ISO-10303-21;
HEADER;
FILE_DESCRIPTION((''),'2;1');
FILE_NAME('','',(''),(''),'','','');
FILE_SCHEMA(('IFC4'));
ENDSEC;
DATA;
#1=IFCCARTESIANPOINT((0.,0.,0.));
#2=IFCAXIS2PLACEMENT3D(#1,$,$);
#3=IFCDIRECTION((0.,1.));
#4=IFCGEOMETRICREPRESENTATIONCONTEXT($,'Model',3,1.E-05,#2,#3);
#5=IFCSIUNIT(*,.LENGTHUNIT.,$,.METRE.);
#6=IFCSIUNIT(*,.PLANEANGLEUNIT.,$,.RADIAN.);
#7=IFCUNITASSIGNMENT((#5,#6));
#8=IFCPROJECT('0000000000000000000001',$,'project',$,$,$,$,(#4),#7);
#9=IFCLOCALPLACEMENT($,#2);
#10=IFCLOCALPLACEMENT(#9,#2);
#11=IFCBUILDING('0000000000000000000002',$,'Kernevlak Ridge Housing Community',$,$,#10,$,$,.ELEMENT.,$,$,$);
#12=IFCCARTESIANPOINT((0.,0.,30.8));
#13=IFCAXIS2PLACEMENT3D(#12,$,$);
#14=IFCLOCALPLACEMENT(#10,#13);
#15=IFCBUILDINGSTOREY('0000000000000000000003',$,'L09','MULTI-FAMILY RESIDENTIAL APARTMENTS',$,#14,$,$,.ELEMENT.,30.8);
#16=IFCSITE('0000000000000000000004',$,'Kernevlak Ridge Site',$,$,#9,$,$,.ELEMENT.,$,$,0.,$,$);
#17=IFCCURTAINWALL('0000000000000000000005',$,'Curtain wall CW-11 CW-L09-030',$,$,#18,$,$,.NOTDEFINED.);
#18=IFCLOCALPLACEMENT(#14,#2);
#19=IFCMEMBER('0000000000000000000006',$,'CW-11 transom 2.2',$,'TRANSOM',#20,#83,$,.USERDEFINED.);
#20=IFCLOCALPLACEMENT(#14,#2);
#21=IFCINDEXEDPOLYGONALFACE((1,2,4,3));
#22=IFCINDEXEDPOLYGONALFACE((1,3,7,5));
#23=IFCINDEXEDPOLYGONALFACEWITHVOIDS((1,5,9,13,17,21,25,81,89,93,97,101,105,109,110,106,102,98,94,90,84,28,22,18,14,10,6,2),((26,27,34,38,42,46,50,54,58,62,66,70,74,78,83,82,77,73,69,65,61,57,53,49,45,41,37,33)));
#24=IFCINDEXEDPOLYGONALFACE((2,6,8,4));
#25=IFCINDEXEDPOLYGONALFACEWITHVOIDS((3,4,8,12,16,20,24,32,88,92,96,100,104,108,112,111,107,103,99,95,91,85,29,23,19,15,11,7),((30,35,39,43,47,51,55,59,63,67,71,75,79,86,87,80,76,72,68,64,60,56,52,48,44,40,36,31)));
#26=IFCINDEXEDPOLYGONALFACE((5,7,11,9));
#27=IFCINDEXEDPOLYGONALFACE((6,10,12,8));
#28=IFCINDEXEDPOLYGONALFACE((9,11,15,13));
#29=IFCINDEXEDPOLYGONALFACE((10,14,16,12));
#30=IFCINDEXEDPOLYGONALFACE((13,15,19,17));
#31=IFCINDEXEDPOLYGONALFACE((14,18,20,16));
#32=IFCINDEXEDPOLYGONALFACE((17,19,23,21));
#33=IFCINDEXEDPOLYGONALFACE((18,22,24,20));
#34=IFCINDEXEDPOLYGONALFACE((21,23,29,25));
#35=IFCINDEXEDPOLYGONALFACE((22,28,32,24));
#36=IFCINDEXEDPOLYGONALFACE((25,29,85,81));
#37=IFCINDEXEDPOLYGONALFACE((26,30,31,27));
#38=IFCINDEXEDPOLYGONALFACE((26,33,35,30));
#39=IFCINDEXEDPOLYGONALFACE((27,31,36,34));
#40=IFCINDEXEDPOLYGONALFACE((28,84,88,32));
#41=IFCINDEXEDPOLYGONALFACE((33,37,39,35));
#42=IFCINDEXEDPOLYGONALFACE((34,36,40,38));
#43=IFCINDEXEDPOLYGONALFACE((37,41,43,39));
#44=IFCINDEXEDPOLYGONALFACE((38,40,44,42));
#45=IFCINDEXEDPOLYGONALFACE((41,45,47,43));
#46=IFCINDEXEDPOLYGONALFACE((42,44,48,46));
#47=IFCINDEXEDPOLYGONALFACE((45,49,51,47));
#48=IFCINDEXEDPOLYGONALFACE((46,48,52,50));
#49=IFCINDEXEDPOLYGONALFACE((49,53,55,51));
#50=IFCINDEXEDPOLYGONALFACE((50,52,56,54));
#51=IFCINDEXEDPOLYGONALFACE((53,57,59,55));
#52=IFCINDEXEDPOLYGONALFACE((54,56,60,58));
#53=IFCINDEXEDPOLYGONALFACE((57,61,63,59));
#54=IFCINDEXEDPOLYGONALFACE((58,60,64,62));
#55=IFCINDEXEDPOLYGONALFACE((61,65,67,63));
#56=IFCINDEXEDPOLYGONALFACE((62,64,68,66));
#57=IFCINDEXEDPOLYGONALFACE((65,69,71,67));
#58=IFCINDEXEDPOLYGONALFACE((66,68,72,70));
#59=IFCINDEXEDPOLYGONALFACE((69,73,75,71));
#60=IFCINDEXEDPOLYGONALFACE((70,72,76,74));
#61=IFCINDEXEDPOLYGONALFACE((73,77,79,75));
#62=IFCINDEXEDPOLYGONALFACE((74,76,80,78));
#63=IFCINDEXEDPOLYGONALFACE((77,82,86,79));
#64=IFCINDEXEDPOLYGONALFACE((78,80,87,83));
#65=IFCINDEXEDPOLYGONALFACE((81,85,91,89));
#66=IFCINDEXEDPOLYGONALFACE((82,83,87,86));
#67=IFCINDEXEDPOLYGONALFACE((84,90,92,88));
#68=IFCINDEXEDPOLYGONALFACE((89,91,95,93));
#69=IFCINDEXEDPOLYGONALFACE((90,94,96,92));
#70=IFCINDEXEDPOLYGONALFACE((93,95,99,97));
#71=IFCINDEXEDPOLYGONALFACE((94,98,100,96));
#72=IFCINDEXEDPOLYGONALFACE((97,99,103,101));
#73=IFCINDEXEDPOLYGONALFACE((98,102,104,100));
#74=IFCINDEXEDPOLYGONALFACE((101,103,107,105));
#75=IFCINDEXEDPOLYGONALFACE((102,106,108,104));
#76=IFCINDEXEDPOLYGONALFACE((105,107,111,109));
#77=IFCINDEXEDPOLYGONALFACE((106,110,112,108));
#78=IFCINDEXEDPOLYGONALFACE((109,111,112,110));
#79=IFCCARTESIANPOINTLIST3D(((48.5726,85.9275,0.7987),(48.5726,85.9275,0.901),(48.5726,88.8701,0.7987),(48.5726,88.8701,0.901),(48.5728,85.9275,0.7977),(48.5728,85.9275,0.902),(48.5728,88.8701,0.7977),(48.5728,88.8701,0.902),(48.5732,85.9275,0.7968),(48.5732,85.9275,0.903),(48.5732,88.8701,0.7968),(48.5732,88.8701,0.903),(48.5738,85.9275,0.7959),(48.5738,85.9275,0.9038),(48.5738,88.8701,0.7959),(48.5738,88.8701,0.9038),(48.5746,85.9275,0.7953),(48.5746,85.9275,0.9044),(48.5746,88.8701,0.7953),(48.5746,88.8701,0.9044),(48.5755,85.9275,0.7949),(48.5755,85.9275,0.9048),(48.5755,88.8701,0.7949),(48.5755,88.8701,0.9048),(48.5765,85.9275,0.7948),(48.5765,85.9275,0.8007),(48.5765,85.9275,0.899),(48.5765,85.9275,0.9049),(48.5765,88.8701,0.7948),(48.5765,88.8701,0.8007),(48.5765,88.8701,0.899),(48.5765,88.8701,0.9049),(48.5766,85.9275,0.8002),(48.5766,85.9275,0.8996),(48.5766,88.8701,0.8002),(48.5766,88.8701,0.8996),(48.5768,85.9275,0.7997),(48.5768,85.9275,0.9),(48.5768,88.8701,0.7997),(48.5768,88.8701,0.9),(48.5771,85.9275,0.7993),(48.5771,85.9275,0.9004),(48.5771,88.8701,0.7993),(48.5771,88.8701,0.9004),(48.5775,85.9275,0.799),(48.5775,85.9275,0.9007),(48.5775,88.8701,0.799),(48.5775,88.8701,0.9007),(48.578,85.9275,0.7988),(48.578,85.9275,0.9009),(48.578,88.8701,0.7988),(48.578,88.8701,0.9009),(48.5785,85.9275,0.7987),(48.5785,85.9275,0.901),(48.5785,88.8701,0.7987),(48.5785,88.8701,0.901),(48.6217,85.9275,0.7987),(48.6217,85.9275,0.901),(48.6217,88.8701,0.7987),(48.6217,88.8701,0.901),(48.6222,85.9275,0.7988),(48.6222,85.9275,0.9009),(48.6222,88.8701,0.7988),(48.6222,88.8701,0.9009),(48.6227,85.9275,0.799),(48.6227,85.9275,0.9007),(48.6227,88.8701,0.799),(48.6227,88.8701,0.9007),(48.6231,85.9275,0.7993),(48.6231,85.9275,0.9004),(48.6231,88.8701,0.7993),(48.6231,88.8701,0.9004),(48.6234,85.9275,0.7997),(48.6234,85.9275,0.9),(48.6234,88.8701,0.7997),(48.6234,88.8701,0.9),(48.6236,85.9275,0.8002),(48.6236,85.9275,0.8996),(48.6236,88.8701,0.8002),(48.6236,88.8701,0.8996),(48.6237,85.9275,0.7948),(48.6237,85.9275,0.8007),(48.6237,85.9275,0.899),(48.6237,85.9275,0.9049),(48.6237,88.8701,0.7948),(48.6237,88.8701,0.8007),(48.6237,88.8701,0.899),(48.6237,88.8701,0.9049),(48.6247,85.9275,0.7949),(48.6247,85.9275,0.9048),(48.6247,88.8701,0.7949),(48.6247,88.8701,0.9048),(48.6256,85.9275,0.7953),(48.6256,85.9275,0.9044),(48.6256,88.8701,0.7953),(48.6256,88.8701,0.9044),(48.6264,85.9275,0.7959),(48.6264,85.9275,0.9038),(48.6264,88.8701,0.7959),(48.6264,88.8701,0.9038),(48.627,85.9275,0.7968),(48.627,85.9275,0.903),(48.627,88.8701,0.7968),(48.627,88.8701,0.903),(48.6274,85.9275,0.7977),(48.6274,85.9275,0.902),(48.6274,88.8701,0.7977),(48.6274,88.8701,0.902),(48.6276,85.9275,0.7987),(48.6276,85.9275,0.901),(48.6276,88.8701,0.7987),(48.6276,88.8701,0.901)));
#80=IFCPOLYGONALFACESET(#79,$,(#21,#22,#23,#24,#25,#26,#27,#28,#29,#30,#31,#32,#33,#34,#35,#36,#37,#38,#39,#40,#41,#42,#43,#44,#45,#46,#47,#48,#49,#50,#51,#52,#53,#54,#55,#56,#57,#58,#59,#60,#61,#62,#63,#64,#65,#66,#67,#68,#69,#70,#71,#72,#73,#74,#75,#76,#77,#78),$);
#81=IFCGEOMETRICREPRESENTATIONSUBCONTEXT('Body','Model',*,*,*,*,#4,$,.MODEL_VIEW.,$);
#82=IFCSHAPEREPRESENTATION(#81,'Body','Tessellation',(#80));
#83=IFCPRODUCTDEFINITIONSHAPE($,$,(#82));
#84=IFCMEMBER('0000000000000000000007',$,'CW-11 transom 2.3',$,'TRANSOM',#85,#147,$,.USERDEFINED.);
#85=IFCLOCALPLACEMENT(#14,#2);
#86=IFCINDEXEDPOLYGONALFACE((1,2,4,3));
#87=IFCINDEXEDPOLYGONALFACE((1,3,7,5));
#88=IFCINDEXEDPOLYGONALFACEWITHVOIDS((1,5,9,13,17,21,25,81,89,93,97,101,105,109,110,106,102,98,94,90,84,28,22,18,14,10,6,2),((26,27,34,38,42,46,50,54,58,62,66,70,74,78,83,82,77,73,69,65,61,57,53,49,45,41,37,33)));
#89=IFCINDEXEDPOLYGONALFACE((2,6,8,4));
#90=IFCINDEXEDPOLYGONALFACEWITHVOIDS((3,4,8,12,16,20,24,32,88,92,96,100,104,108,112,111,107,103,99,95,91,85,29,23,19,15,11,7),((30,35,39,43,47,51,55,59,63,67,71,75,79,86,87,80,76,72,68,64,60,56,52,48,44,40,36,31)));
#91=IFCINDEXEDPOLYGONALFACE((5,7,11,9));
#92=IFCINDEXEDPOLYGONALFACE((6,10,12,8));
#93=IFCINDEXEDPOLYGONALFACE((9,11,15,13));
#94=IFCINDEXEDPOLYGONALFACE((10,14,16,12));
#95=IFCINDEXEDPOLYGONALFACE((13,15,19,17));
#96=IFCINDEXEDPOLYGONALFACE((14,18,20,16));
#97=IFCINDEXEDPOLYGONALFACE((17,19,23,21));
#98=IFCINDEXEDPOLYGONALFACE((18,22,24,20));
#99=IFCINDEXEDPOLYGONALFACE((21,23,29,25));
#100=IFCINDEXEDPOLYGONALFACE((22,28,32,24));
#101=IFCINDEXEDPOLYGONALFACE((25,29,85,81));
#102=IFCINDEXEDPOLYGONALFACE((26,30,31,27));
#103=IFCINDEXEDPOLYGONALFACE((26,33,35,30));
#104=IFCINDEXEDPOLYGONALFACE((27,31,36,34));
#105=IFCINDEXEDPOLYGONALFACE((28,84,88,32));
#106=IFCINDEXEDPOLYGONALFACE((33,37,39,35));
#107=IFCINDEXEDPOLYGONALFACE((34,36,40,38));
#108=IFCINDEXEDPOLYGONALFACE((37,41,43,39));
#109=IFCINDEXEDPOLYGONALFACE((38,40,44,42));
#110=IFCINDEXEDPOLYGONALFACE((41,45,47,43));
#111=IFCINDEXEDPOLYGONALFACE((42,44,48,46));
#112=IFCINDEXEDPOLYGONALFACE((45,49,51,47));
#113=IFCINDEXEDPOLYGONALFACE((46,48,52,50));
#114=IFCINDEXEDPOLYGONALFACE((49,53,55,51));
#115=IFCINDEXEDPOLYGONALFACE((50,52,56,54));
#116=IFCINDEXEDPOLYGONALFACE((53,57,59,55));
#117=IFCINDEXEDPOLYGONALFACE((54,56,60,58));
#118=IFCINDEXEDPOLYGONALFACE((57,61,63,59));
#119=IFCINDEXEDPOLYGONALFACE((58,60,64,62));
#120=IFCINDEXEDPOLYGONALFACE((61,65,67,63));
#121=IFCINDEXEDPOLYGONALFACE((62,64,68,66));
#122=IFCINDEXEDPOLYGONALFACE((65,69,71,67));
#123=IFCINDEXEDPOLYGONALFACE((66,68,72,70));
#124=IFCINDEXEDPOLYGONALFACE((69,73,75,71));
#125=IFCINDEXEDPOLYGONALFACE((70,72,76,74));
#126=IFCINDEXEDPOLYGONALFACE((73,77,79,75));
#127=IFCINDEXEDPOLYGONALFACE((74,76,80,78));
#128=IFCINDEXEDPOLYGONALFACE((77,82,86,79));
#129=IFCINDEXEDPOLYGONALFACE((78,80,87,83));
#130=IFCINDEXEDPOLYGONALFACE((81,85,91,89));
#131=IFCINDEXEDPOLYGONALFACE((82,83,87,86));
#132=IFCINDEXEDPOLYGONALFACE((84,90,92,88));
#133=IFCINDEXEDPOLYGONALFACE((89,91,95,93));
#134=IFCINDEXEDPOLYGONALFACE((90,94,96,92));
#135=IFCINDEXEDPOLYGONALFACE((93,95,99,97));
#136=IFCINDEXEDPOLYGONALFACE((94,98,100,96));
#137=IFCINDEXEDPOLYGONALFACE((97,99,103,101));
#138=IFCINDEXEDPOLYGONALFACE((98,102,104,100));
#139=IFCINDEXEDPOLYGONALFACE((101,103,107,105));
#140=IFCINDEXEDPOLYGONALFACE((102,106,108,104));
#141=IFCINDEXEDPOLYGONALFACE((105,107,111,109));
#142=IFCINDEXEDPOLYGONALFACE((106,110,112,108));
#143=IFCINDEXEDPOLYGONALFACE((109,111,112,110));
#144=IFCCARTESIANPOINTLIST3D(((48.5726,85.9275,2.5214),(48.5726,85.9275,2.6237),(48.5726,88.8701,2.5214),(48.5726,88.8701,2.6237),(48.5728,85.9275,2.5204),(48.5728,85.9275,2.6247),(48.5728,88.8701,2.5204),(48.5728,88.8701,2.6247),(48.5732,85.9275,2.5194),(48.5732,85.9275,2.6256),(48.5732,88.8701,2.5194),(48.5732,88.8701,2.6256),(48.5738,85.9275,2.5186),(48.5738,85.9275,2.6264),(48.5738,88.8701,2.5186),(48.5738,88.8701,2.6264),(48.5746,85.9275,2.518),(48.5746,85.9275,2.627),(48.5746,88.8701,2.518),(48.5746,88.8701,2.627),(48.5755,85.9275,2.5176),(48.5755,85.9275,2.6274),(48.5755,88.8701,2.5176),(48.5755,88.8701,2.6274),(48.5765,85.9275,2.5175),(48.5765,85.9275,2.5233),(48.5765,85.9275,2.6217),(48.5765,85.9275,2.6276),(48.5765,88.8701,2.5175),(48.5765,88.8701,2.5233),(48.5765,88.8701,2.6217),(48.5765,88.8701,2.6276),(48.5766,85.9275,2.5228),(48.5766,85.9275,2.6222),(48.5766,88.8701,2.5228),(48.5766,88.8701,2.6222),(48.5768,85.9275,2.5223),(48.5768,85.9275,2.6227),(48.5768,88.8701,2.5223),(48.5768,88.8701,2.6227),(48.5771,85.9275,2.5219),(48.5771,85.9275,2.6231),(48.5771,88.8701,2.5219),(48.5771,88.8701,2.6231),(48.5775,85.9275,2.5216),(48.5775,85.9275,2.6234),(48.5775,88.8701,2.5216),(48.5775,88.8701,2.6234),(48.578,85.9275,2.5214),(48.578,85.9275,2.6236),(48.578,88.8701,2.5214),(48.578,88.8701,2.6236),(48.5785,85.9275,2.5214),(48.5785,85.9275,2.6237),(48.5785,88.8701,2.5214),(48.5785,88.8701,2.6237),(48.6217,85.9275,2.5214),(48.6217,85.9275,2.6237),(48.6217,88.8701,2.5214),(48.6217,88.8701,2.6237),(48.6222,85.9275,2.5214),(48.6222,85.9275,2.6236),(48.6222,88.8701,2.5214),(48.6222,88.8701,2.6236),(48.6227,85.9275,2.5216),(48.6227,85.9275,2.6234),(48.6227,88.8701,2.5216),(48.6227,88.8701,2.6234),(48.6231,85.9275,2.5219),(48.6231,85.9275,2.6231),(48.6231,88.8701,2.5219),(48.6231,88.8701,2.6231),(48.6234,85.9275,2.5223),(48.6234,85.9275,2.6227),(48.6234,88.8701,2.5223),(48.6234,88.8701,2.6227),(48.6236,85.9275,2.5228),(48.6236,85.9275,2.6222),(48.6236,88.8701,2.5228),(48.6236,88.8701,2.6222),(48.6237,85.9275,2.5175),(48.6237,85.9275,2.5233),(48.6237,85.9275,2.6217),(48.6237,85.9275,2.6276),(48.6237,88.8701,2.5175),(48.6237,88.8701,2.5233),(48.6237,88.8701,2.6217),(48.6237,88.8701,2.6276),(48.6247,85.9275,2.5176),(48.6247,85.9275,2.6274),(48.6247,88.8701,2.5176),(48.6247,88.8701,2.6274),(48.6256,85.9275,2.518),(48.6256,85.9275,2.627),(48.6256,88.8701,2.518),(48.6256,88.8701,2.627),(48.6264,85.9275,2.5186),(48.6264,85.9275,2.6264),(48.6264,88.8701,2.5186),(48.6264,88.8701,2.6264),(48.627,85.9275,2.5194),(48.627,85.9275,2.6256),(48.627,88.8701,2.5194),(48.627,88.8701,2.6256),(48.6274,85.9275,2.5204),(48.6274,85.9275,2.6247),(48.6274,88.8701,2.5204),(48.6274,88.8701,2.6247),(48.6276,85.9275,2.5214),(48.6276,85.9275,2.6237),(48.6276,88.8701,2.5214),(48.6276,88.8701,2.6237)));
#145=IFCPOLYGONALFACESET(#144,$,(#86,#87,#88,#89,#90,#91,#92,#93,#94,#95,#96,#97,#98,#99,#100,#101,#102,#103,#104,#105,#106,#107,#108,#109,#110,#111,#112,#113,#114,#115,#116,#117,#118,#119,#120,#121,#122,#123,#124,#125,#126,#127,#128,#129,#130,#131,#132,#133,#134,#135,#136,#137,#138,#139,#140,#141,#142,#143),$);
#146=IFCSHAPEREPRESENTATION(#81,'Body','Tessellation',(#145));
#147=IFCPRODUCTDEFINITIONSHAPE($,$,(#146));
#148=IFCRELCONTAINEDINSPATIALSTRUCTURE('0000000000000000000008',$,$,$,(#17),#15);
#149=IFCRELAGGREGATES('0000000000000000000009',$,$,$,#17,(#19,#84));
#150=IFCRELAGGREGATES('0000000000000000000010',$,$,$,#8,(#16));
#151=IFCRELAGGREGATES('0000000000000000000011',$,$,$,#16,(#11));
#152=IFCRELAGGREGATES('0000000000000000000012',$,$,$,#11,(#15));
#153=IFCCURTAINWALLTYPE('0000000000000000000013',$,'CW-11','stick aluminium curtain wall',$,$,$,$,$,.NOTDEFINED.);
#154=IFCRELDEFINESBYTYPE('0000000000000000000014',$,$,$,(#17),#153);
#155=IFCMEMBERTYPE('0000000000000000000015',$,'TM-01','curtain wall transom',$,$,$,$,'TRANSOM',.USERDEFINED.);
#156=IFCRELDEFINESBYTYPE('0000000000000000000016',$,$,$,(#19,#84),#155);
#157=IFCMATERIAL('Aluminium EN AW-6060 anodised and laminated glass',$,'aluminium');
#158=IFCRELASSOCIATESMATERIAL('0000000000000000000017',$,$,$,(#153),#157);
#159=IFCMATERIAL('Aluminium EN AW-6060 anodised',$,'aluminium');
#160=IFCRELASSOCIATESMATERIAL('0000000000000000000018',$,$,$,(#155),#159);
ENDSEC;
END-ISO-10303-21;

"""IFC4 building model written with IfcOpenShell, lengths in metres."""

from ifc_helpers import new_model, si_unit, direction, frame, origin, origin_2d, place, context, subcontext, project, spatial, hollow_rectangle, extrude, material, material_profile, profile_set, type_object, element, aggregate, save


model = new_model("IFC4")

# Units and contexts
model_context = context("Model", 3, precision=1e-05, world=origin(), true_north=direction((0.0, 1.0)))
body_context = subcontext(model_context, "Body", "Model", "MODEL_VIEW")
ifc_project = project(units=[si_unit("LENGTHUNIT", "METRE"), si_unit("PLANEANGLEUNIT", "RADIAN")], contexts=[model_context])

# Site, building, storey
site_placement = place(None, origin())
site = spatial("IfcSite", under=ifc_project, at=site_placement, Name="Kernevlak Ridge Site", CompositionType="ELEMENT", RefElevation=0.0)
building_placement = place(site_placement, origin())
building = spatial("IfcBuilding", under=site, at=building_placement, Name="Kernevlak Ridge Housing Community", CompositionType="ELEMENT")
storey_placement = place(building_placement, frame((0.0, 0.0, 30.8)))
storey = spatial("IfcBuildingStorey", under=building, at=storey_placement, Name="L09", Description="MULTI-FAMILY RESIDENTIAL APARTMENTS", CompositionType="ELEMENT", Elevation=30.8)

# Shared definitions
ifc_material_1 = material(Name="Aluminium EN AW-6060 anodised and laminated glass", Category="aluminium")
ifc_material_2 = material(Name="Aluminium EN AW-6060 anodised", Category="aluminium")

# Curtain wall, members
curtain_wall_type_1 = type_object("IfcCurtainWallType", Name="CW-11", Description="stick aluminium curtain wall", PredefinedType="NOTDEFINED", material=ifc_material_1)
curtain_wall_1_placement = place(storey_placement, origin())
curtain_wall_1 = element("IfcCurtainWall", 1, at=curtain_wall_1_placement, inside=storey, type_object=curtain_wall_type_1, Name="Curtain wall CW-11 CW-L09-030", PredefinedType="NOTDEFINED")
ifc_material_profile_1 = material_profile(ifc_material_2, hollow_rectangle(XDim=0.0549, YDim=0.1101, WallThickness=0.0039, InnerFilletRadius=0.002, OuterFilletRadius=0.0039, at=origin_2d()), Name="ALU 55x110x4")
ifc_profile_set_1 = profile_set([ifc_material_profile_1], Name="Aluminium EN AW-6060 anodised")
member_type_1 = type_object("IfcMemberType", Name="TM-01", Description="curtain wall transom", ElementType="TRANSOM", PredefinedType="USERDEFINED", material=ifc_profile_set_1)
member_1_placement = place(storey_placement, frame((48.6001, 85.9275, 0.8499), z_axis=(0.0, 1.0, 0.0), x_axis=(-1.0, 0.0, 0.0)))
member_1 = element("IfcMember", 2, at=member_1_placement, type_object=member_type_1, Name="CW-11 transom 2.2", ObjectType="TRANSOM", PredefinedType="USERDEFINED", context=body_context, shape_type="SweptSolid", body=[
    extrude(hollow_rectangle(XDim=0.0549, YDim=0.1101, WallThickness=0.0039, InnerFilletRadius=0.002, OuterFilletRadius=0.0039, at=origin_2d()), origin(), (0.0, 0.0, 1.0), 2.9426),
])
member_2_placement = place(storey_placement, frame((48.6001, 85.9275, 2.5725), z_axis=(0.0, 1.0, 0.0), x_axis=(-1.0, 0.0, 0.0)))
member_2 = element("IfcMember", 3, at=member_2_placement, type_object=member_type_1, Name="CW-11 transom 2.3", ObjectType="TRANSOM", PredefinedType="USERDEFINED", context=body_context, shape_type="SweptSolid", body=[
    extrude(hollow_rectangle(XDim=0.0549, YDim=0.1101, WallThickness=0.0039, InnerFilletRadius=0.002, OuterFilletRadius=0.0039, at=origin_2d()), origin(), (0.0, 0.0, 1.0), 2.9426),
])

aggregate(curtain_wall_1, [member_1, member_2])

save(model, "model.ifc")
